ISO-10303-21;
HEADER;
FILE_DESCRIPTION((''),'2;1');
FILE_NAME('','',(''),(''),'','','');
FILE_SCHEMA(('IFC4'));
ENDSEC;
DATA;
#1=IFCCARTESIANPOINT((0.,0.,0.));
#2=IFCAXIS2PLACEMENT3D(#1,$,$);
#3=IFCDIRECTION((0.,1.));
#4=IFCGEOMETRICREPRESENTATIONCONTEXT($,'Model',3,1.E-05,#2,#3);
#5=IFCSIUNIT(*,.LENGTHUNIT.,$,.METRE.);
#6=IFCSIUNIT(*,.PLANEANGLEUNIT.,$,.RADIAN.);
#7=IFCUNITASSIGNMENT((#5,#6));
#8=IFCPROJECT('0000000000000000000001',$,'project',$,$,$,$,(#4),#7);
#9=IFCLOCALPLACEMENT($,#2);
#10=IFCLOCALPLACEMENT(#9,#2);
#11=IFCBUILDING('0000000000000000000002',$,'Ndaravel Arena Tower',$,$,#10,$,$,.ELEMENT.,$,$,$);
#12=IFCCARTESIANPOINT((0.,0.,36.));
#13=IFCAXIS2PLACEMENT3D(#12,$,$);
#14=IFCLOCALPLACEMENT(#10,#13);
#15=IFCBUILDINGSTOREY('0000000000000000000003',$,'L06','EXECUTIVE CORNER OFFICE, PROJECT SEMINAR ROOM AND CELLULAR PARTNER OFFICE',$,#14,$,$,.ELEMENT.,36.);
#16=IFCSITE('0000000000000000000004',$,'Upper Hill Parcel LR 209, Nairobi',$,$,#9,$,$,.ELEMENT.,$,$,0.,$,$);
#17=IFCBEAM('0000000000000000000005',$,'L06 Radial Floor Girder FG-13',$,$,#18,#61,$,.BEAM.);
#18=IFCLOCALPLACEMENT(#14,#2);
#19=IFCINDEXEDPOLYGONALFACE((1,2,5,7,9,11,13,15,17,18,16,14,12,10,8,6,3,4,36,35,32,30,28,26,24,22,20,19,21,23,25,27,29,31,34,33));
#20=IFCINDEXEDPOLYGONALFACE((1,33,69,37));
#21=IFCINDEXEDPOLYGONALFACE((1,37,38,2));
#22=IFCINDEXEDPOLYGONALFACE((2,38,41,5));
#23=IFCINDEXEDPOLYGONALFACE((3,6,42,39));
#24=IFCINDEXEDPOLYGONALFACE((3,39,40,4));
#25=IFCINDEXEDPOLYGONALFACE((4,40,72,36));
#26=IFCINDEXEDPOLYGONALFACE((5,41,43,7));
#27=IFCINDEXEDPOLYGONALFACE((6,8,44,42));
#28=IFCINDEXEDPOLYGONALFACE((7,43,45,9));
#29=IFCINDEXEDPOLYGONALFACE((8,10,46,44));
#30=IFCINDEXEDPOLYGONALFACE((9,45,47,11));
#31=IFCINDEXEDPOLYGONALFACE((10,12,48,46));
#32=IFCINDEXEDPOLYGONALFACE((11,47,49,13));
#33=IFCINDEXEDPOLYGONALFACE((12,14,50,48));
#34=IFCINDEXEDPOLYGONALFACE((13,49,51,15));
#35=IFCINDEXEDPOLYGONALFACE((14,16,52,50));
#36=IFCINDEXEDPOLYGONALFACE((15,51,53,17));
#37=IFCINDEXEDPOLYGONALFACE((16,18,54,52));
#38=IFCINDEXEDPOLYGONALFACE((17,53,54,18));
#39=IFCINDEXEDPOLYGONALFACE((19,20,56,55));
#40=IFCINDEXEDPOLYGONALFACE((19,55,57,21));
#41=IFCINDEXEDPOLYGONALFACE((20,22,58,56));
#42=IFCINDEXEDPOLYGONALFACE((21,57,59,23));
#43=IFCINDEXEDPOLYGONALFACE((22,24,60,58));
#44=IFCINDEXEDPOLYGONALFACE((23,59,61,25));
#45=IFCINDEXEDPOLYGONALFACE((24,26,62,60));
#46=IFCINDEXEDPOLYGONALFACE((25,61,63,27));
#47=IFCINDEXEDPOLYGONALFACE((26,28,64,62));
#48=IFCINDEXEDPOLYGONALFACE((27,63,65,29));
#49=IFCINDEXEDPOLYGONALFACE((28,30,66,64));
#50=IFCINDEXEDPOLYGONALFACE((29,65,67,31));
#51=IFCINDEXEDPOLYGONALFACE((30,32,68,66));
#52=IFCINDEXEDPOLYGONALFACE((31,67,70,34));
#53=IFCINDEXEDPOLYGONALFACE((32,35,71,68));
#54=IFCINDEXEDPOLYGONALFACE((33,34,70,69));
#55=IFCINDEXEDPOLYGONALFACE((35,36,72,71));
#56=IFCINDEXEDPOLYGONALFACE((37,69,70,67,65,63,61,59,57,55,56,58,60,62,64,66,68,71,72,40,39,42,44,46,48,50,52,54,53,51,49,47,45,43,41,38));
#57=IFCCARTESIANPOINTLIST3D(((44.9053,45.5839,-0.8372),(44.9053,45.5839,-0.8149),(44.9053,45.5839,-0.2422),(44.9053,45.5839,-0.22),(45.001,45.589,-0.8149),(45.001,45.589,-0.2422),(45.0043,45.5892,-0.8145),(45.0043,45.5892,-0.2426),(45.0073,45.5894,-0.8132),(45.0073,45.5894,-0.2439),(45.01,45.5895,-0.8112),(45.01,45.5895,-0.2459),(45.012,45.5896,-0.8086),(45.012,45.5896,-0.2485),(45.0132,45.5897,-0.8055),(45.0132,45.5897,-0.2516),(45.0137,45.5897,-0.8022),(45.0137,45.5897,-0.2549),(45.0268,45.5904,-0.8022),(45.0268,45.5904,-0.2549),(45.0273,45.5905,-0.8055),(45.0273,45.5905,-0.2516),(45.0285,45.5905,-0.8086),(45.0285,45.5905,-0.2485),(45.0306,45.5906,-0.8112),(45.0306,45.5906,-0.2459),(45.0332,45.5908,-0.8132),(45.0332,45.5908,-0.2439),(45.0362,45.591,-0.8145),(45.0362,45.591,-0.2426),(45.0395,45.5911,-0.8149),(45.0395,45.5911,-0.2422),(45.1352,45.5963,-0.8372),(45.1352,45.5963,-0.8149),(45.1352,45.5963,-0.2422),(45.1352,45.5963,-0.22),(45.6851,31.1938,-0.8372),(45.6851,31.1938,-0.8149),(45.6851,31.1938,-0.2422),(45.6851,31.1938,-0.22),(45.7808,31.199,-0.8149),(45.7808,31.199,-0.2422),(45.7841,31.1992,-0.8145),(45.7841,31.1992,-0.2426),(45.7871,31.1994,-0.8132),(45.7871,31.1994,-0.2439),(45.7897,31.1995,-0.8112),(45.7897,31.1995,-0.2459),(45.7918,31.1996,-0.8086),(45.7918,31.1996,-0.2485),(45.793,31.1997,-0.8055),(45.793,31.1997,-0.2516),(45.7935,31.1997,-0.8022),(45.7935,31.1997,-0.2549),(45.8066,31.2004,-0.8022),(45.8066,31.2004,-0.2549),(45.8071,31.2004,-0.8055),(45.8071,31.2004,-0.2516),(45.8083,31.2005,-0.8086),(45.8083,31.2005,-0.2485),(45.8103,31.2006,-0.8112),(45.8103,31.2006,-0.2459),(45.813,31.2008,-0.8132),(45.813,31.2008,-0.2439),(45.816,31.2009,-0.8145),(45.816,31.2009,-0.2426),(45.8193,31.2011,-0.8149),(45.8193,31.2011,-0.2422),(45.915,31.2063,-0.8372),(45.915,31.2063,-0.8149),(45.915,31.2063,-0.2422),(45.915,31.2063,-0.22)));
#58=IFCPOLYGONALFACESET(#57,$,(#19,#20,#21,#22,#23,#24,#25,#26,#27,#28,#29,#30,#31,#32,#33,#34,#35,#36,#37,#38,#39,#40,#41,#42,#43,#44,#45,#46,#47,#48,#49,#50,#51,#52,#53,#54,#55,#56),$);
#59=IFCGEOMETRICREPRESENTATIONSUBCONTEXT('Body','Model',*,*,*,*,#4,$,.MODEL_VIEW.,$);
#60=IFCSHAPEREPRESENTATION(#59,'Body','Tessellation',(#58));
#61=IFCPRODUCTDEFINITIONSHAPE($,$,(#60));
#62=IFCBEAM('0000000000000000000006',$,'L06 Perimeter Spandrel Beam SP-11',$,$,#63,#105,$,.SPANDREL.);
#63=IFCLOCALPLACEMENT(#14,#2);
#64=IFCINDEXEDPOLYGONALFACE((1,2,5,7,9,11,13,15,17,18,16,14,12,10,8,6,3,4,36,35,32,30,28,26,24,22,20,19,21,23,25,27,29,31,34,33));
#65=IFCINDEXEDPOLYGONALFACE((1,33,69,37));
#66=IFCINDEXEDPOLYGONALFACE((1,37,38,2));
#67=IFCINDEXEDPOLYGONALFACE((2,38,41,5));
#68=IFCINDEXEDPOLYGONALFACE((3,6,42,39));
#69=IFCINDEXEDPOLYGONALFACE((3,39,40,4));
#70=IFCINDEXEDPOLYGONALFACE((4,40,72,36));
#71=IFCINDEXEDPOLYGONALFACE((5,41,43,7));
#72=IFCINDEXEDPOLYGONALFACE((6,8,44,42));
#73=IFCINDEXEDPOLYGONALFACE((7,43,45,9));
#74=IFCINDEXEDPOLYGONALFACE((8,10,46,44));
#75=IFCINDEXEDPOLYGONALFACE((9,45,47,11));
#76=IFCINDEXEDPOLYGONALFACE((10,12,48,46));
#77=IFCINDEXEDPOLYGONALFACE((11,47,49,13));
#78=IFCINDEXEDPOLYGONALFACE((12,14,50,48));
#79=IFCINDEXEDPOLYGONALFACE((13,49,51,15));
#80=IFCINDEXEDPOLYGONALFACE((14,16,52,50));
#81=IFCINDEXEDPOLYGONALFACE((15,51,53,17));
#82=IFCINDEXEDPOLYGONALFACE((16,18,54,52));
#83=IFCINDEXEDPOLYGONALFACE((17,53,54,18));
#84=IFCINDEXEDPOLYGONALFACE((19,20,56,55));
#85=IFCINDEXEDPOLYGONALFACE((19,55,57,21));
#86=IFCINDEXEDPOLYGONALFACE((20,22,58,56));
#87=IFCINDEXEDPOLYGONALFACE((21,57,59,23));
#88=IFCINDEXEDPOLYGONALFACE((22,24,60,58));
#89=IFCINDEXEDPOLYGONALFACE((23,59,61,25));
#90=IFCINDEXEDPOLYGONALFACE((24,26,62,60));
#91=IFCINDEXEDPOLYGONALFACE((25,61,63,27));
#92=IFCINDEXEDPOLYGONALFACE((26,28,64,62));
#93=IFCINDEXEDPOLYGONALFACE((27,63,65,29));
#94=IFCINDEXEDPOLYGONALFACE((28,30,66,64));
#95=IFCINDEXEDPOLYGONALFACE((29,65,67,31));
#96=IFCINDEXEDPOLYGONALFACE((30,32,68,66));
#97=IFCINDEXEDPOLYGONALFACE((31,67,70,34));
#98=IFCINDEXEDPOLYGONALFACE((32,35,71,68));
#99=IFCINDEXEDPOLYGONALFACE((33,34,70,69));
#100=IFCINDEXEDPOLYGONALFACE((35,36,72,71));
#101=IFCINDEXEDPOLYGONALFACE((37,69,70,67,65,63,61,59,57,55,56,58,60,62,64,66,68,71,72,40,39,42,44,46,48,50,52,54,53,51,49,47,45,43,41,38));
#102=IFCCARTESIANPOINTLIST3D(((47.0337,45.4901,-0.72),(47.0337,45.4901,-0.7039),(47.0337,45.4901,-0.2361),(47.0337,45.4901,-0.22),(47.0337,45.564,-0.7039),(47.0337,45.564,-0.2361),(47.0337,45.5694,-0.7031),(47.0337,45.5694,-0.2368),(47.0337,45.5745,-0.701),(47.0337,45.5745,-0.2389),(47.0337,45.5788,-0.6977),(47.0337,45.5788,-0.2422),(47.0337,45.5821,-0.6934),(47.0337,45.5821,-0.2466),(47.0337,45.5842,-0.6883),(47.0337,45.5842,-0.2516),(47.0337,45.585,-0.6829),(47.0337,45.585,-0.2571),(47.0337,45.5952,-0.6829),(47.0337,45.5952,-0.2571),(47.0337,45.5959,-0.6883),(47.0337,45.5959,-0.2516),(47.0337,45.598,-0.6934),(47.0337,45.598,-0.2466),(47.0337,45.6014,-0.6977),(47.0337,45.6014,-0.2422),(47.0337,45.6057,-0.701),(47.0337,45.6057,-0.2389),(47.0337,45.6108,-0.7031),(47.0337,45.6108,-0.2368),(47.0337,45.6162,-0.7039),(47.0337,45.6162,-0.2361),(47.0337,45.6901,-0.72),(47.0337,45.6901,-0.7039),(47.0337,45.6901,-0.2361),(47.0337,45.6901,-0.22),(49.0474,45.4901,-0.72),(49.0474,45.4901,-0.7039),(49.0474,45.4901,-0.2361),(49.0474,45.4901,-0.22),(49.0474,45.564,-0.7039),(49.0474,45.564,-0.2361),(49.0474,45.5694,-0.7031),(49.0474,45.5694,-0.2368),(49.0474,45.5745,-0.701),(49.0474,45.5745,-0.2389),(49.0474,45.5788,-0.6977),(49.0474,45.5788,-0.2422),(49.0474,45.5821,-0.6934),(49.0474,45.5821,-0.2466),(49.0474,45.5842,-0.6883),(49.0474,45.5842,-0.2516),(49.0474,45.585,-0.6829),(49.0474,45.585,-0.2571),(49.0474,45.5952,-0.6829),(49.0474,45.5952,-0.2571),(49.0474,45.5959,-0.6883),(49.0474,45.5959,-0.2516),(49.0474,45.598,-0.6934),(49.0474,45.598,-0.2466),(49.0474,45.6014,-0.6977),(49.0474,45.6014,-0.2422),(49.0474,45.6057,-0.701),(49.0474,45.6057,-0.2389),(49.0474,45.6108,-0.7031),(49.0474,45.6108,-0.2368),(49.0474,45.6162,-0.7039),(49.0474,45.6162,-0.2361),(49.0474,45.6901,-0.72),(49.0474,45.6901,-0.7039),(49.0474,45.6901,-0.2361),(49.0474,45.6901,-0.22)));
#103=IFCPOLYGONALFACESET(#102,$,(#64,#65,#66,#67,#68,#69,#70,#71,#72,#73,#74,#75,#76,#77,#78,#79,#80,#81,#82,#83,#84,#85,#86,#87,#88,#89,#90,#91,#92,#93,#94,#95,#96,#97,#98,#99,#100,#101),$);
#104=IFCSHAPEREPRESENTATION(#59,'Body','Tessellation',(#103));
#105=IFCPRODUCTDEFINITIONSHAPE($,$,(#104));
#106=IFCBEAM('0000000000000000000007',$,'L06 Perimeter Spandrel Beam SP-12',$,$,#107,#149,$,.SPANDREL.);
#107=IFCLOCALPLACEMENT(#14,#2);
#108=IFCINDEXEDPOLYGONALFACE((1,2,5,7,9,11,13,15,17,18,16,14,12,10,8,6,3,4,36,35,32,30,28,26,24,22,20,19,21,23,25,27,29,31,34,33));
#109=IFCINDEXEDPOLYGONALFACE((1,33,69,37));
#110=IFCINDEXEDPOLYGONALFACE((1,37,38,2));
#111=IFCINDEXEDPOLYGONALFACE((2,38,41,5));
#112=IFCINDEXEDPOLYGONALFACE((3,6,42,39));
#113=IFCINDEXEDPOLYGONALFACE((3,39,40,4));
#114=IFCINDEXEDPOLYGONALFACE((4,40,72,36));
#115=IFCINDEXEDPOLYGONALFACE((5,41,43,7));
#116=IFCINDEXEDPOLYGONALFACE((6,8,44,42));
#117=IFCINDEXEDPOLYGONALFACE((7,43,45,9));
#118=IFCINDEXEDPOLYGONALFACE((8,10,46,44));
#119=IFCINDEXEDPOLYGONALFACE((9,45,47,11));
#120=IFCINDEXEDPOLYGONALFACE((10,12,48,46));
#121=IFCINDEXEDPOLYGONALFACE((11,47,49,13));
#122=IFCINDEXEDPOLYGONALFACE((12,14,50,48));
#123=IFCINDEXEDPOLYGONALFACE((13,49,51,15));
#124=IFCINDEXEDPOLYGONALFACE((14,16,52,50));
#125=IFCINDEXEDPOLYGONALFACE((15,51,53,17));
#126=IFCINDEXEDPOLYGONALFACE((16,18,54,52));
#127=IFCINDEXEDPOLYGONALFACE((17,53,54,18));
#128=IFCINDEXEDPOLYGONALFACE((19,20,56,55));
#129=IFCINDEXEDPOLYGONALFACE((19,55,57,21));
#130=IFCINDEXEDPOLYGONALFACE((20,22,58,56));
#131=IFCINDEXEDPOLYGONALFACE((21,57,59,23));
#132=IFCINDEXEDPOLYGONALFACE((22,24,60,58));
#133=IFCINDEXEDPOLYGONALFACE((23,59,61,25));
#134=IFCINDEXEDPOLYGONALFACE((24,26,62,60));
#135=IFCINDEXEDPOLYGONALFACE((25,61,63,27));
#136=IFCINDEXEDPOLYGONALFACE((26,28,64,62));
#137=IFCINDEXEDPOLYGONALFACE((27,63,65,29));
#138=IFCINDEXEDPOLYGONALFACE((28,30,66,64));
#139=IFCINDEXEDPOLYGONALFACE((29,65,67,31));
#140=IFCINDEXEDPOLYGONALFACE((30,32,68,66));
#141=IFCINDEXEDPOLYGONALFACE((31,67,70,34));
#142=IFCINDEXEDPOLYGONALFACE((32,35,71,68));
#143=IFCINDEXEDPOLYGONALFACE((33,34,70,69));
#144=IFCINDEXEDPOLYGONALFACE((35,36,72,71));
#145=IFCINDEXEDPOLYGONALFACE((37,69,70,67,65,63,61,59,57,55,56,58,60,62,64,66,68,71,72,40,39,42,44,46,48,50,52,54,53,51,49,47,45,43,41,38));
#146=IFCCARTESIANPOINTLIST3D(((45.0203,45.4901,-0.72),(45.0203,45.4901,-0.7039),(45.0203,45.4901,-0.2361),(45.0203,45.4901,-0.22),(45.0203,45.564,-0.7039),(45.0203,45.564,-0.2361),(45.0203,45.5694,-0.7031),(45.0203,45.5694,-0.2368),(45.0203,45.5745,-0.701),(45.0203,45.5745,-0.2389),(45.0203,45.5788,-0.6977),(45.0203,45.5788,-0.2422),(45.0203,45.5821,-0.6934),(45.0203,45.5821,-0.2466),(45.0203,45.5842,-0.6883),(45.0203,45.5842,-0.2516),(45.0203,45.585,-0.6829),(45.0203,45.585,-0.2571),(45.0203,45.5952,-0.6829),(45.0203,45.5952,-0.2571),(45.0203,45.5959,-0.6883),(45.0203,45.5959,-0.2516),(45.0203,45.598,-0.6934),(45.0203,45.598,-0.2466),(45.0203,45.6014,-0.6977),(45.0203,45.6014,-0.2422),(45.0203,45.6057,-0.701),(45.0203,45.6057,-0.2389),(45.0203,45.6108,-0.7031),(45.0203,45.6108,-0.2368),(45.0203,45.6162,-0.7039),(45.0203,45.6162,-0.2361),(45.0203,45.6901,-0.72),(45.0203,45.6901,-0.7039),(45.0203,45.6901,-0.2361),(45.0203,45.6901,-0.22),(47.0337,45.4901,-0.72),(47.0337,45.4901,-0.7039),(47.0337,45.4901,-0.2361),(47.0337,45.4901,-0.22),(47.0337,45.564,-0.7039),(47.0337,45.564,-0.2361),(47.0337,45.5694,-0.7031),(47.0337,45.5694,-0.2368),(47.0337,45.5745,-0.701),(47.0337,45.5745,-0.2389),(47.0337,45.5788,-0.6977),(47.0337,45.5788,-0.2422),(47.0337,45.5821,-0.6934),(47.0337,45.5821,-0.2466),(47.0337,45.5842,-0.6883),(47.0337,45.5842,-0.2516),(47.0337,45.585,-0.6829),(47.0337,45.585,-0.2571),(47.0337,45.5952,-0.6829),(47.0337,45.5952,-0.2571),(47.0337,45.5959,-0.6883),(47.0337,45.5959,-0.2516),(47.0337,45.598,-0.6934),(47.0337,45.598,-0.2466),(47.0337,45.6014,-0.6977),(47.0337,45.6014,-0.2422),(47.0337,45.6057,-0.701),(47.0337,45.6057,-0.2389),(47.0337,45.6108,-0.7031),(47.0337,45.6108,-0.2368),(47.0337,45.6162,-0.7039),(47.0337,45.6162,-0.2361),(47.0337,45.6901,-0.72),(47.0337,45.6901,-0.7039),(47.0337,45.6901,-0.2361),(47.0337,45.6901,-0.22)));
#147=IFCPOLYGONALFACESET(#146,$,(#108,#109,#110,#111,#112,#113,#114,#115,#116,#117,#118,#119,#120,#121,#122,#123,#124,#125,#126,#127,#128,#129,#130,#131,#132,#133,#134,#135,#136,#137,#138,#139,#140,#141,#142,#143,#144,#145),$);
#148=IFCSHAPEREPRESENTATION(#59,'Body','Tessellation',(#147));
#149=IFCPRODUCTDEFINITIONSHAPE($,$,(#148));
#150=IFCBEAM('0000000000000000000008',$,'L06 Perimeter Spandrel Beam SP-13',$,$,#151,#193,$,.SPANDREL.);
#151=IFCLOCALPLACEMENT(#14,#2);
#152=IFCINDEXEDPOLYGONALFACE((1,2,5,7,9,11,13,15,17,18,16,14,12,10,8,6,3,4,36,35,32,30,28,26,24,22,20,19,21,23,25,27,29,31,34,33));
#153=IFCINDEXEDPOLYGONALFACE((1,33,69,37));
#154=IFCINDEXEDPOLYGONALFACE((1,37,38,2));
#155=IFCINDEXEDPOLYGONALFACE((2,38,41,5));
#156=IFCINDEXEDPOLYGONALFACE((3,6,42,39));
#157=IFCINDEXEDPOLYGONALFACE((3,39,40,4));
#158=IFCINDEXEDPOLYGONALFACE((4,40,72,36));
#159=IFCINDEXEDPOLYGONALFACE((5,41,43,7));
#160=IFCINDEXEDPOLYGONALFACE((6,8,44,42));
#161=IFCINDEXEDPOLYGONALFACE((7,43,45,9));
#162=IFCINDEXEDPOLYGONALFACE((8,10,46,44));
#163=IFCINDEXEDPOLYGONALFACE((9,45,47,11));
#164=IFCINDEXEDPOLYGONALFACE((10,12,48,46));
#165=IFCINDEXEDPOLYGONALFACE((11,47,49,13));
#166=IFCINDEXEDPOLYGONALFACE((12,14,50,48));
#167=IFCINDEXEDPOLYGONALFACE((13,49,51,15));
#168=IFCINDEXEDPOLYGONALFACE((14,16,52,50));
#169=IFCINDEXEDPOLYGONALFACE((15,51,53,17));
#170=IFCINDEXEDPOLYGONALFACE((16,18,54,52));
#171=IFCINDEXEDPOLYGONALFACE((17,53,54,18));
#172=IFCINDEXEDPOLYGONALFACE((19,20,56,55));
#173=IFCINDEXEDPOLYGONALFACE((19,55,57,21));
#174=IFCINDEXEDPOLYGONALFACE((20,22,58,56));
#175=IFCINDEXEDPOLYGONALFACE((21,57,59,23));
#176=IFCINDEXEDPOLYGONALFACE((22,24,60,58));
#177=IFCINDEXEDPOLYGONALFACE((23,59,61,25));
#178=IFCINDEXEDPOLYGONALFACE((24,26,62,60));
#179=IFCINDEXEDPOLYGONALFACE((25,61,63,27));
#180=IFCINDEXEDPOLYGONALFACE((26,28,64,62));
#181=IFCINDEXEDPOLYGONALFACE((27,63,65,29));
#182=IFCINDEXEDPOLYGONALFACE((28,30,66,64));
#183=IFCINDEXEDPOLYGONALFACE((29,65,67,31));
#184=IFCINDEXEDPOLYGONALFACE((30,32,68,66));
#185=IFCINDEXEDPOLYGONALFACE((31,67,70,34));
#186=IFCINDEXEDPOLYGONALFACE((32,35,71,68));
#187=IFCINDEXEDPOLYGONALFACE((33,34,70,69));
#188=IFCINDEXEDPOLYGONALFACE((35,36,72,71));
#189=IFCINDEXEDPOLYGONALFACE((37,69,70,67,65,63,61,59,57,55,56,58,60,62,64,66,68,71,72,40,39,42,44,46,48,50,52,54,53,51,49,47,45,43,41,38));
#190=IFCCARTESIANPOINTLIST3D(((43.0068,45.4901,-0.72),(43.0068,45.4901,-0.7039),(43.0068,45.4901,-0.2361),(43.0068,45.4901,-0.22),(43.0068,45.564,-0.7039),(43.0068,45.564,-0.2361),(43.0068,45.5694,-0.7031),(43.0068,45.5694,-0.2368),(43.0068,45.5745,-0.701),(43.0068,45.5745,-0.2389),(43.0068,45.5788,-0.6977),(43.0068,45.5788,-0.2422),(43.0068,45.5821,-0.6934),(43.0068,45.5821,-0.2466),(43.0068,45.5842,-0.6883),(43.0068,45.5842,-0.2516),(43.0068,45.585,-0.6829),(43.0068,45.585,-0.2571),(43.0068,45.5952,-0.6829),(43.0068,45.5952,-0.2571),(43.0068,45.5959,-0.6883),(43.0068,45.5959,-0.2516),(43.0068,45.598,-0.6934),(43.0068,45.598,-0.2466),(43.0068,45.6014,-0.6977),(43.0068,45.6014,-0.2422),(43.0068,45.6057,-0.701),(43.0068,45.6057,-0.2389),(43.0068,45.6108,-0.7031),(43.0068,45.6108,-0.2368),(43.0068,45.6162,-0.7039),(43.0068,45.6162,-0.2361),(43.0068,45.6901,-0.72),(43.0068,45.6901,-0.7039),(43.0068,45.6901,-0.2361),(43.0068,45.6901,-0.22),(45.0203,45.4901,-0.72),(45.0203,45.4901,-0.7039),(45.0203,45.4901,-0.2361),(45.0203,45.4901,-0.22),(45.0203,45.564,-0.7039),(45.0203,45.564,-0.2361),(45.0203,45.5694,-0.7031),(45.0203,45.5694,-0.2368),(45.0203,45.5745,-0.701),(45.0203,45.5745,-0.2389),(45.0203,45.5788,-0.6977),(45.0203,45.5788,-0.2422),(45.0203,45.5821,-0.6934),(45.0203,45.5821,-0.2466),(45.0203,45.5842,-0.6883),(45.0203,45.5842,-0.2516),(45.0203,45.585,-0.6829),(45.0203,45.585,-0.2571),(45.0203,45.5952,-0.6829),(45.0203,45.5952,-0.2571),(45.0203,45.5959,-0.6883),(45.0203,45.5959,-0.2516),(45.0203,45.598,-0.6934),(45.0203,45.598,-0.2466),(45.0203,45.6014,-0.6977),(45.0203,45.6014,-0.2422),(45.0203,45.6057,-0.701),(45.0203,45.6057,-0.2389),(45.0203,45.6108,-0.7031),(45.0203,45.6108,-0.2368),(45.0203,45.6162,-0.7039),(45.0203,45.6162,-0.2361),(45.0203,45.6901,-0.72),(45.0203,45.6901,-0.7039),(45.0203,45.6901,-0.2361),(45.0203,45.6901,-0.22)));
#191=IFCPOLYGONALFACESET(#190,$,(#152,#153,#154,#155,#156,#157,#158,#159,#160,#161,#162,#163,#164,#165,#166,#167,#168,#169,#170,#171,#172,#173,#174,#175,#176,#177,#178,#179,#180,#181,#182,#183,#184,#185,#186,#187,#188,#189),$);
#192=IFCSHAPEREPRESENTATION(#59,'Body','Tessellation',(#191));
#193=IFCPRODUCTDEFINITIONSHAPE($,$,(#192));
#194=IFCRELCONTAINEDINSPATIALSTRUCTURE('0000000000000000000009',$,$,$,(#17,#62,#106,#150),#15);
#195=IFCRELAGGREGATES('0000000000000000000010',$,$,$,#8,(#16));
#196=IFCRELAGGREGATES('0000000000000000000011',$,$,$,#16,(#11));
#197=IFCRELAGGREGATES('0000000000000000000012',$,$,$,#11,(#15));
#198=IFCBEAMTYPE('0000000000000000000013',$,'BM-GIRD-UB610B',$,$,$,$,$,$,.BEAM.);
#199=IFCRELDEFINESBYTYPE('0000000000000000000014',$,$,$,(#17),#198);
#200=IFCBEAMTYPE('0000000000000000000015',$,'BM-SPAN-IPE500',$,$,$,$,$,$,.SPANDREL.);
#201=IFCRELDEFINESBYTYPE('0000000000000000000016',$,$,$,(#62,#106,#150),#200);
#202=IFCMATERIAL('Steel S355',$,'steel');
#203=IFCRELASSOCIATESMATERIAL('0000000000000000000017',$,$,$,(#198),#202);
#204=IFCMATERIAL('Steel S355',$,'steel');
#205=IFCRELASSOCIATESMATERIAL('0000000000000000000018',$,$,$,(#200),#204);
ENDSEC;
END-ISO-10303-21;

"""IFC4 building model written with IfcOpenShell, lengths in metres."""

from ifc_helpers import new_model, si_unit, direction, frame, origin, origin_2d, place, context, subcontext, project, spatial, i_section, extrude, material, material_profile, profile_set, type_object, element, save


model = new_model("IFC4")

# Units and contexts
model_context = context("Model", 3, precision=1e-05, world=origin(), true_north=direction((0.0, 1.0)))
body_context = subcontext(model_context, "Body", "Model", "MODEL_VIEW")
ifc_project = project(units=[si_unit("LENGTHUNIT", "METRE"), si_unit("PLANEANGLEUNIT", "RADIAN")], contexts=[model_context])

# Site, building, storey
site_placement = place(None, origin())
site = spatial("IfcSite", under=ifc_project, at=site_placement, Name="Upper Hill Parcel LR 209, Nairobi", CompositionType="ELEMENT", RefElevation=0.0)
building_placement = place(site_placement, origin())
building = spatial("IfcBuilding", under=site, at=building_placement, Name="Ndaravel Arena Tower", CompositionType="ELEMENT")
storey_placement = place(building_placement, frame((0.0, 0.0, 36.0)))
storey = spatial("IfcBuildingStorey", under=building, at=storey_placement, Name="L06", Description="EXECUTIVE CORNER OFFICE, PROJECT SEMINAR ROOM AND CELLULAR PARTNER OFFICE", CompositionType="ELEMENT", Elevation=36.0)

# Beams
ifc_material_1 = material(Name="Steel S355", Category="steel")
ifc_material_profile_1 = material_profile(ifc_material_1, i_section(OverallWidth=0.2302, OverallDepth=0.6172, WebThickness=0.0132, FlangeThickness=0.0222, FilletRadius=0.0127, at=origin_2d()), Name="UB 610x229x140")
ifc_profile_set_1 = profile_set([ifc_material_profile_1], Name="Steel S355")
beam_type_1 = type_object("IfcBeamType", Name="BM-GIRD-UB610B", PredefinedType="BEAM", material=ifc_profile_set_1)
beam_1_placement = place(storey_placement, frame((45.0203, 45.5901, -0.5286), z_axis=(0.054109, -0.998535, 0.0), x_axis=(0.998535, 0.054109, 0.0)))
element("IfcBeam", 1, at=beam_1_placement, inside=storey, type_object=beam_type_1, Name="L06 Radial Floor Girder FG-13", PredefinedType="BEAM", context=body_context, shape_type="SweptSolid", body=[
    extrude(i_section(OverallWidth=0.2302, OverallDepth=0.6172, WebThickness=0.0132, FlangeThickness=0.0222, FilletRadius=0.0127, at=origin_2d()), origin(), (0.0, 0.0, 1.0), 14.4111),
])
ifc_material_2 = material(Name="Steel S355", Category="steel")
ifc_material_profile_2 = material_profile(ifc_material_2, i_section(OverallWidth=0.2, OverallDepth=0.5, WebThickness=0.0103, FlangeThickness=0.0161, FilletRadius=0.021, at=origin_2d()), Name="IPE 500")
ifc_profile_set_2 = profile_set([ifc_material_profile_2], Name="Steel S355")
beam_type_2 = type_object("IfcBeamType", Name="BM-SPAN-IPE500", PredefinedType="SPANDREL", material=ifc_profile_set_2)
beam_2_placement = place(storey_placement, frame((49.0474, 45.5901, -0.47), z_axis=(-1.0, 0.0, 0.0), x_axis=(0.0, -1.0, 0.0)))
element("IfcBeam", 2, at=beam_2_placement, inside=storey, type_object=beam_type_2, Name="L06 Perimeter Spandrel Beam SP-11", PredefinedType="SPANDREL", context=body_context, shape_type="SweptSolid", body=[
    extrude(i_section(OverallWidth=0.2, OverallDepth=0.5, WebThickness=0.0103, FlangeThickness=0.0161, FilletRadius=0.021, at=origin_2d()), origin(), (0.0, 0.0, 1.0), 2.0137),
])
for number, where, z_axis, x_axis, name in (
    (3, (47.0337, 45.5901, -0.47), (-1.0, 0.0, 0.0), (0.0, -1.0, 0.0), "L06 Perimeter Spandrel Beam SP-12"),
    (4, (45.0203, 45.5901, -0.47), (-1.0, 0.0, 0.0), (0.0, -1.0, 0.0), "L06 Perimeter Spandrel Beam SP-13"),
):
    element("IfcBeam", number, at=place(storey_placement, frame(where, z_axis=z_axis, x_axis=x_axis)), inside=storey, type_object=beam_type_2, Name=name, PredefinedType="SPANDREL", context=body_context, shape_type="SweptSolid", body=[
        extrude(i_section(OverallWidth=0.2, OverallDepth=0.5, WebThickness=0.0103, FlangeThickness=0.0161, FilletRadius=0.021, at=origin_2d()), origin(), (0.0, 0.0, 1.0), 2.0134),
    ])

save(model, "model.ifc")
